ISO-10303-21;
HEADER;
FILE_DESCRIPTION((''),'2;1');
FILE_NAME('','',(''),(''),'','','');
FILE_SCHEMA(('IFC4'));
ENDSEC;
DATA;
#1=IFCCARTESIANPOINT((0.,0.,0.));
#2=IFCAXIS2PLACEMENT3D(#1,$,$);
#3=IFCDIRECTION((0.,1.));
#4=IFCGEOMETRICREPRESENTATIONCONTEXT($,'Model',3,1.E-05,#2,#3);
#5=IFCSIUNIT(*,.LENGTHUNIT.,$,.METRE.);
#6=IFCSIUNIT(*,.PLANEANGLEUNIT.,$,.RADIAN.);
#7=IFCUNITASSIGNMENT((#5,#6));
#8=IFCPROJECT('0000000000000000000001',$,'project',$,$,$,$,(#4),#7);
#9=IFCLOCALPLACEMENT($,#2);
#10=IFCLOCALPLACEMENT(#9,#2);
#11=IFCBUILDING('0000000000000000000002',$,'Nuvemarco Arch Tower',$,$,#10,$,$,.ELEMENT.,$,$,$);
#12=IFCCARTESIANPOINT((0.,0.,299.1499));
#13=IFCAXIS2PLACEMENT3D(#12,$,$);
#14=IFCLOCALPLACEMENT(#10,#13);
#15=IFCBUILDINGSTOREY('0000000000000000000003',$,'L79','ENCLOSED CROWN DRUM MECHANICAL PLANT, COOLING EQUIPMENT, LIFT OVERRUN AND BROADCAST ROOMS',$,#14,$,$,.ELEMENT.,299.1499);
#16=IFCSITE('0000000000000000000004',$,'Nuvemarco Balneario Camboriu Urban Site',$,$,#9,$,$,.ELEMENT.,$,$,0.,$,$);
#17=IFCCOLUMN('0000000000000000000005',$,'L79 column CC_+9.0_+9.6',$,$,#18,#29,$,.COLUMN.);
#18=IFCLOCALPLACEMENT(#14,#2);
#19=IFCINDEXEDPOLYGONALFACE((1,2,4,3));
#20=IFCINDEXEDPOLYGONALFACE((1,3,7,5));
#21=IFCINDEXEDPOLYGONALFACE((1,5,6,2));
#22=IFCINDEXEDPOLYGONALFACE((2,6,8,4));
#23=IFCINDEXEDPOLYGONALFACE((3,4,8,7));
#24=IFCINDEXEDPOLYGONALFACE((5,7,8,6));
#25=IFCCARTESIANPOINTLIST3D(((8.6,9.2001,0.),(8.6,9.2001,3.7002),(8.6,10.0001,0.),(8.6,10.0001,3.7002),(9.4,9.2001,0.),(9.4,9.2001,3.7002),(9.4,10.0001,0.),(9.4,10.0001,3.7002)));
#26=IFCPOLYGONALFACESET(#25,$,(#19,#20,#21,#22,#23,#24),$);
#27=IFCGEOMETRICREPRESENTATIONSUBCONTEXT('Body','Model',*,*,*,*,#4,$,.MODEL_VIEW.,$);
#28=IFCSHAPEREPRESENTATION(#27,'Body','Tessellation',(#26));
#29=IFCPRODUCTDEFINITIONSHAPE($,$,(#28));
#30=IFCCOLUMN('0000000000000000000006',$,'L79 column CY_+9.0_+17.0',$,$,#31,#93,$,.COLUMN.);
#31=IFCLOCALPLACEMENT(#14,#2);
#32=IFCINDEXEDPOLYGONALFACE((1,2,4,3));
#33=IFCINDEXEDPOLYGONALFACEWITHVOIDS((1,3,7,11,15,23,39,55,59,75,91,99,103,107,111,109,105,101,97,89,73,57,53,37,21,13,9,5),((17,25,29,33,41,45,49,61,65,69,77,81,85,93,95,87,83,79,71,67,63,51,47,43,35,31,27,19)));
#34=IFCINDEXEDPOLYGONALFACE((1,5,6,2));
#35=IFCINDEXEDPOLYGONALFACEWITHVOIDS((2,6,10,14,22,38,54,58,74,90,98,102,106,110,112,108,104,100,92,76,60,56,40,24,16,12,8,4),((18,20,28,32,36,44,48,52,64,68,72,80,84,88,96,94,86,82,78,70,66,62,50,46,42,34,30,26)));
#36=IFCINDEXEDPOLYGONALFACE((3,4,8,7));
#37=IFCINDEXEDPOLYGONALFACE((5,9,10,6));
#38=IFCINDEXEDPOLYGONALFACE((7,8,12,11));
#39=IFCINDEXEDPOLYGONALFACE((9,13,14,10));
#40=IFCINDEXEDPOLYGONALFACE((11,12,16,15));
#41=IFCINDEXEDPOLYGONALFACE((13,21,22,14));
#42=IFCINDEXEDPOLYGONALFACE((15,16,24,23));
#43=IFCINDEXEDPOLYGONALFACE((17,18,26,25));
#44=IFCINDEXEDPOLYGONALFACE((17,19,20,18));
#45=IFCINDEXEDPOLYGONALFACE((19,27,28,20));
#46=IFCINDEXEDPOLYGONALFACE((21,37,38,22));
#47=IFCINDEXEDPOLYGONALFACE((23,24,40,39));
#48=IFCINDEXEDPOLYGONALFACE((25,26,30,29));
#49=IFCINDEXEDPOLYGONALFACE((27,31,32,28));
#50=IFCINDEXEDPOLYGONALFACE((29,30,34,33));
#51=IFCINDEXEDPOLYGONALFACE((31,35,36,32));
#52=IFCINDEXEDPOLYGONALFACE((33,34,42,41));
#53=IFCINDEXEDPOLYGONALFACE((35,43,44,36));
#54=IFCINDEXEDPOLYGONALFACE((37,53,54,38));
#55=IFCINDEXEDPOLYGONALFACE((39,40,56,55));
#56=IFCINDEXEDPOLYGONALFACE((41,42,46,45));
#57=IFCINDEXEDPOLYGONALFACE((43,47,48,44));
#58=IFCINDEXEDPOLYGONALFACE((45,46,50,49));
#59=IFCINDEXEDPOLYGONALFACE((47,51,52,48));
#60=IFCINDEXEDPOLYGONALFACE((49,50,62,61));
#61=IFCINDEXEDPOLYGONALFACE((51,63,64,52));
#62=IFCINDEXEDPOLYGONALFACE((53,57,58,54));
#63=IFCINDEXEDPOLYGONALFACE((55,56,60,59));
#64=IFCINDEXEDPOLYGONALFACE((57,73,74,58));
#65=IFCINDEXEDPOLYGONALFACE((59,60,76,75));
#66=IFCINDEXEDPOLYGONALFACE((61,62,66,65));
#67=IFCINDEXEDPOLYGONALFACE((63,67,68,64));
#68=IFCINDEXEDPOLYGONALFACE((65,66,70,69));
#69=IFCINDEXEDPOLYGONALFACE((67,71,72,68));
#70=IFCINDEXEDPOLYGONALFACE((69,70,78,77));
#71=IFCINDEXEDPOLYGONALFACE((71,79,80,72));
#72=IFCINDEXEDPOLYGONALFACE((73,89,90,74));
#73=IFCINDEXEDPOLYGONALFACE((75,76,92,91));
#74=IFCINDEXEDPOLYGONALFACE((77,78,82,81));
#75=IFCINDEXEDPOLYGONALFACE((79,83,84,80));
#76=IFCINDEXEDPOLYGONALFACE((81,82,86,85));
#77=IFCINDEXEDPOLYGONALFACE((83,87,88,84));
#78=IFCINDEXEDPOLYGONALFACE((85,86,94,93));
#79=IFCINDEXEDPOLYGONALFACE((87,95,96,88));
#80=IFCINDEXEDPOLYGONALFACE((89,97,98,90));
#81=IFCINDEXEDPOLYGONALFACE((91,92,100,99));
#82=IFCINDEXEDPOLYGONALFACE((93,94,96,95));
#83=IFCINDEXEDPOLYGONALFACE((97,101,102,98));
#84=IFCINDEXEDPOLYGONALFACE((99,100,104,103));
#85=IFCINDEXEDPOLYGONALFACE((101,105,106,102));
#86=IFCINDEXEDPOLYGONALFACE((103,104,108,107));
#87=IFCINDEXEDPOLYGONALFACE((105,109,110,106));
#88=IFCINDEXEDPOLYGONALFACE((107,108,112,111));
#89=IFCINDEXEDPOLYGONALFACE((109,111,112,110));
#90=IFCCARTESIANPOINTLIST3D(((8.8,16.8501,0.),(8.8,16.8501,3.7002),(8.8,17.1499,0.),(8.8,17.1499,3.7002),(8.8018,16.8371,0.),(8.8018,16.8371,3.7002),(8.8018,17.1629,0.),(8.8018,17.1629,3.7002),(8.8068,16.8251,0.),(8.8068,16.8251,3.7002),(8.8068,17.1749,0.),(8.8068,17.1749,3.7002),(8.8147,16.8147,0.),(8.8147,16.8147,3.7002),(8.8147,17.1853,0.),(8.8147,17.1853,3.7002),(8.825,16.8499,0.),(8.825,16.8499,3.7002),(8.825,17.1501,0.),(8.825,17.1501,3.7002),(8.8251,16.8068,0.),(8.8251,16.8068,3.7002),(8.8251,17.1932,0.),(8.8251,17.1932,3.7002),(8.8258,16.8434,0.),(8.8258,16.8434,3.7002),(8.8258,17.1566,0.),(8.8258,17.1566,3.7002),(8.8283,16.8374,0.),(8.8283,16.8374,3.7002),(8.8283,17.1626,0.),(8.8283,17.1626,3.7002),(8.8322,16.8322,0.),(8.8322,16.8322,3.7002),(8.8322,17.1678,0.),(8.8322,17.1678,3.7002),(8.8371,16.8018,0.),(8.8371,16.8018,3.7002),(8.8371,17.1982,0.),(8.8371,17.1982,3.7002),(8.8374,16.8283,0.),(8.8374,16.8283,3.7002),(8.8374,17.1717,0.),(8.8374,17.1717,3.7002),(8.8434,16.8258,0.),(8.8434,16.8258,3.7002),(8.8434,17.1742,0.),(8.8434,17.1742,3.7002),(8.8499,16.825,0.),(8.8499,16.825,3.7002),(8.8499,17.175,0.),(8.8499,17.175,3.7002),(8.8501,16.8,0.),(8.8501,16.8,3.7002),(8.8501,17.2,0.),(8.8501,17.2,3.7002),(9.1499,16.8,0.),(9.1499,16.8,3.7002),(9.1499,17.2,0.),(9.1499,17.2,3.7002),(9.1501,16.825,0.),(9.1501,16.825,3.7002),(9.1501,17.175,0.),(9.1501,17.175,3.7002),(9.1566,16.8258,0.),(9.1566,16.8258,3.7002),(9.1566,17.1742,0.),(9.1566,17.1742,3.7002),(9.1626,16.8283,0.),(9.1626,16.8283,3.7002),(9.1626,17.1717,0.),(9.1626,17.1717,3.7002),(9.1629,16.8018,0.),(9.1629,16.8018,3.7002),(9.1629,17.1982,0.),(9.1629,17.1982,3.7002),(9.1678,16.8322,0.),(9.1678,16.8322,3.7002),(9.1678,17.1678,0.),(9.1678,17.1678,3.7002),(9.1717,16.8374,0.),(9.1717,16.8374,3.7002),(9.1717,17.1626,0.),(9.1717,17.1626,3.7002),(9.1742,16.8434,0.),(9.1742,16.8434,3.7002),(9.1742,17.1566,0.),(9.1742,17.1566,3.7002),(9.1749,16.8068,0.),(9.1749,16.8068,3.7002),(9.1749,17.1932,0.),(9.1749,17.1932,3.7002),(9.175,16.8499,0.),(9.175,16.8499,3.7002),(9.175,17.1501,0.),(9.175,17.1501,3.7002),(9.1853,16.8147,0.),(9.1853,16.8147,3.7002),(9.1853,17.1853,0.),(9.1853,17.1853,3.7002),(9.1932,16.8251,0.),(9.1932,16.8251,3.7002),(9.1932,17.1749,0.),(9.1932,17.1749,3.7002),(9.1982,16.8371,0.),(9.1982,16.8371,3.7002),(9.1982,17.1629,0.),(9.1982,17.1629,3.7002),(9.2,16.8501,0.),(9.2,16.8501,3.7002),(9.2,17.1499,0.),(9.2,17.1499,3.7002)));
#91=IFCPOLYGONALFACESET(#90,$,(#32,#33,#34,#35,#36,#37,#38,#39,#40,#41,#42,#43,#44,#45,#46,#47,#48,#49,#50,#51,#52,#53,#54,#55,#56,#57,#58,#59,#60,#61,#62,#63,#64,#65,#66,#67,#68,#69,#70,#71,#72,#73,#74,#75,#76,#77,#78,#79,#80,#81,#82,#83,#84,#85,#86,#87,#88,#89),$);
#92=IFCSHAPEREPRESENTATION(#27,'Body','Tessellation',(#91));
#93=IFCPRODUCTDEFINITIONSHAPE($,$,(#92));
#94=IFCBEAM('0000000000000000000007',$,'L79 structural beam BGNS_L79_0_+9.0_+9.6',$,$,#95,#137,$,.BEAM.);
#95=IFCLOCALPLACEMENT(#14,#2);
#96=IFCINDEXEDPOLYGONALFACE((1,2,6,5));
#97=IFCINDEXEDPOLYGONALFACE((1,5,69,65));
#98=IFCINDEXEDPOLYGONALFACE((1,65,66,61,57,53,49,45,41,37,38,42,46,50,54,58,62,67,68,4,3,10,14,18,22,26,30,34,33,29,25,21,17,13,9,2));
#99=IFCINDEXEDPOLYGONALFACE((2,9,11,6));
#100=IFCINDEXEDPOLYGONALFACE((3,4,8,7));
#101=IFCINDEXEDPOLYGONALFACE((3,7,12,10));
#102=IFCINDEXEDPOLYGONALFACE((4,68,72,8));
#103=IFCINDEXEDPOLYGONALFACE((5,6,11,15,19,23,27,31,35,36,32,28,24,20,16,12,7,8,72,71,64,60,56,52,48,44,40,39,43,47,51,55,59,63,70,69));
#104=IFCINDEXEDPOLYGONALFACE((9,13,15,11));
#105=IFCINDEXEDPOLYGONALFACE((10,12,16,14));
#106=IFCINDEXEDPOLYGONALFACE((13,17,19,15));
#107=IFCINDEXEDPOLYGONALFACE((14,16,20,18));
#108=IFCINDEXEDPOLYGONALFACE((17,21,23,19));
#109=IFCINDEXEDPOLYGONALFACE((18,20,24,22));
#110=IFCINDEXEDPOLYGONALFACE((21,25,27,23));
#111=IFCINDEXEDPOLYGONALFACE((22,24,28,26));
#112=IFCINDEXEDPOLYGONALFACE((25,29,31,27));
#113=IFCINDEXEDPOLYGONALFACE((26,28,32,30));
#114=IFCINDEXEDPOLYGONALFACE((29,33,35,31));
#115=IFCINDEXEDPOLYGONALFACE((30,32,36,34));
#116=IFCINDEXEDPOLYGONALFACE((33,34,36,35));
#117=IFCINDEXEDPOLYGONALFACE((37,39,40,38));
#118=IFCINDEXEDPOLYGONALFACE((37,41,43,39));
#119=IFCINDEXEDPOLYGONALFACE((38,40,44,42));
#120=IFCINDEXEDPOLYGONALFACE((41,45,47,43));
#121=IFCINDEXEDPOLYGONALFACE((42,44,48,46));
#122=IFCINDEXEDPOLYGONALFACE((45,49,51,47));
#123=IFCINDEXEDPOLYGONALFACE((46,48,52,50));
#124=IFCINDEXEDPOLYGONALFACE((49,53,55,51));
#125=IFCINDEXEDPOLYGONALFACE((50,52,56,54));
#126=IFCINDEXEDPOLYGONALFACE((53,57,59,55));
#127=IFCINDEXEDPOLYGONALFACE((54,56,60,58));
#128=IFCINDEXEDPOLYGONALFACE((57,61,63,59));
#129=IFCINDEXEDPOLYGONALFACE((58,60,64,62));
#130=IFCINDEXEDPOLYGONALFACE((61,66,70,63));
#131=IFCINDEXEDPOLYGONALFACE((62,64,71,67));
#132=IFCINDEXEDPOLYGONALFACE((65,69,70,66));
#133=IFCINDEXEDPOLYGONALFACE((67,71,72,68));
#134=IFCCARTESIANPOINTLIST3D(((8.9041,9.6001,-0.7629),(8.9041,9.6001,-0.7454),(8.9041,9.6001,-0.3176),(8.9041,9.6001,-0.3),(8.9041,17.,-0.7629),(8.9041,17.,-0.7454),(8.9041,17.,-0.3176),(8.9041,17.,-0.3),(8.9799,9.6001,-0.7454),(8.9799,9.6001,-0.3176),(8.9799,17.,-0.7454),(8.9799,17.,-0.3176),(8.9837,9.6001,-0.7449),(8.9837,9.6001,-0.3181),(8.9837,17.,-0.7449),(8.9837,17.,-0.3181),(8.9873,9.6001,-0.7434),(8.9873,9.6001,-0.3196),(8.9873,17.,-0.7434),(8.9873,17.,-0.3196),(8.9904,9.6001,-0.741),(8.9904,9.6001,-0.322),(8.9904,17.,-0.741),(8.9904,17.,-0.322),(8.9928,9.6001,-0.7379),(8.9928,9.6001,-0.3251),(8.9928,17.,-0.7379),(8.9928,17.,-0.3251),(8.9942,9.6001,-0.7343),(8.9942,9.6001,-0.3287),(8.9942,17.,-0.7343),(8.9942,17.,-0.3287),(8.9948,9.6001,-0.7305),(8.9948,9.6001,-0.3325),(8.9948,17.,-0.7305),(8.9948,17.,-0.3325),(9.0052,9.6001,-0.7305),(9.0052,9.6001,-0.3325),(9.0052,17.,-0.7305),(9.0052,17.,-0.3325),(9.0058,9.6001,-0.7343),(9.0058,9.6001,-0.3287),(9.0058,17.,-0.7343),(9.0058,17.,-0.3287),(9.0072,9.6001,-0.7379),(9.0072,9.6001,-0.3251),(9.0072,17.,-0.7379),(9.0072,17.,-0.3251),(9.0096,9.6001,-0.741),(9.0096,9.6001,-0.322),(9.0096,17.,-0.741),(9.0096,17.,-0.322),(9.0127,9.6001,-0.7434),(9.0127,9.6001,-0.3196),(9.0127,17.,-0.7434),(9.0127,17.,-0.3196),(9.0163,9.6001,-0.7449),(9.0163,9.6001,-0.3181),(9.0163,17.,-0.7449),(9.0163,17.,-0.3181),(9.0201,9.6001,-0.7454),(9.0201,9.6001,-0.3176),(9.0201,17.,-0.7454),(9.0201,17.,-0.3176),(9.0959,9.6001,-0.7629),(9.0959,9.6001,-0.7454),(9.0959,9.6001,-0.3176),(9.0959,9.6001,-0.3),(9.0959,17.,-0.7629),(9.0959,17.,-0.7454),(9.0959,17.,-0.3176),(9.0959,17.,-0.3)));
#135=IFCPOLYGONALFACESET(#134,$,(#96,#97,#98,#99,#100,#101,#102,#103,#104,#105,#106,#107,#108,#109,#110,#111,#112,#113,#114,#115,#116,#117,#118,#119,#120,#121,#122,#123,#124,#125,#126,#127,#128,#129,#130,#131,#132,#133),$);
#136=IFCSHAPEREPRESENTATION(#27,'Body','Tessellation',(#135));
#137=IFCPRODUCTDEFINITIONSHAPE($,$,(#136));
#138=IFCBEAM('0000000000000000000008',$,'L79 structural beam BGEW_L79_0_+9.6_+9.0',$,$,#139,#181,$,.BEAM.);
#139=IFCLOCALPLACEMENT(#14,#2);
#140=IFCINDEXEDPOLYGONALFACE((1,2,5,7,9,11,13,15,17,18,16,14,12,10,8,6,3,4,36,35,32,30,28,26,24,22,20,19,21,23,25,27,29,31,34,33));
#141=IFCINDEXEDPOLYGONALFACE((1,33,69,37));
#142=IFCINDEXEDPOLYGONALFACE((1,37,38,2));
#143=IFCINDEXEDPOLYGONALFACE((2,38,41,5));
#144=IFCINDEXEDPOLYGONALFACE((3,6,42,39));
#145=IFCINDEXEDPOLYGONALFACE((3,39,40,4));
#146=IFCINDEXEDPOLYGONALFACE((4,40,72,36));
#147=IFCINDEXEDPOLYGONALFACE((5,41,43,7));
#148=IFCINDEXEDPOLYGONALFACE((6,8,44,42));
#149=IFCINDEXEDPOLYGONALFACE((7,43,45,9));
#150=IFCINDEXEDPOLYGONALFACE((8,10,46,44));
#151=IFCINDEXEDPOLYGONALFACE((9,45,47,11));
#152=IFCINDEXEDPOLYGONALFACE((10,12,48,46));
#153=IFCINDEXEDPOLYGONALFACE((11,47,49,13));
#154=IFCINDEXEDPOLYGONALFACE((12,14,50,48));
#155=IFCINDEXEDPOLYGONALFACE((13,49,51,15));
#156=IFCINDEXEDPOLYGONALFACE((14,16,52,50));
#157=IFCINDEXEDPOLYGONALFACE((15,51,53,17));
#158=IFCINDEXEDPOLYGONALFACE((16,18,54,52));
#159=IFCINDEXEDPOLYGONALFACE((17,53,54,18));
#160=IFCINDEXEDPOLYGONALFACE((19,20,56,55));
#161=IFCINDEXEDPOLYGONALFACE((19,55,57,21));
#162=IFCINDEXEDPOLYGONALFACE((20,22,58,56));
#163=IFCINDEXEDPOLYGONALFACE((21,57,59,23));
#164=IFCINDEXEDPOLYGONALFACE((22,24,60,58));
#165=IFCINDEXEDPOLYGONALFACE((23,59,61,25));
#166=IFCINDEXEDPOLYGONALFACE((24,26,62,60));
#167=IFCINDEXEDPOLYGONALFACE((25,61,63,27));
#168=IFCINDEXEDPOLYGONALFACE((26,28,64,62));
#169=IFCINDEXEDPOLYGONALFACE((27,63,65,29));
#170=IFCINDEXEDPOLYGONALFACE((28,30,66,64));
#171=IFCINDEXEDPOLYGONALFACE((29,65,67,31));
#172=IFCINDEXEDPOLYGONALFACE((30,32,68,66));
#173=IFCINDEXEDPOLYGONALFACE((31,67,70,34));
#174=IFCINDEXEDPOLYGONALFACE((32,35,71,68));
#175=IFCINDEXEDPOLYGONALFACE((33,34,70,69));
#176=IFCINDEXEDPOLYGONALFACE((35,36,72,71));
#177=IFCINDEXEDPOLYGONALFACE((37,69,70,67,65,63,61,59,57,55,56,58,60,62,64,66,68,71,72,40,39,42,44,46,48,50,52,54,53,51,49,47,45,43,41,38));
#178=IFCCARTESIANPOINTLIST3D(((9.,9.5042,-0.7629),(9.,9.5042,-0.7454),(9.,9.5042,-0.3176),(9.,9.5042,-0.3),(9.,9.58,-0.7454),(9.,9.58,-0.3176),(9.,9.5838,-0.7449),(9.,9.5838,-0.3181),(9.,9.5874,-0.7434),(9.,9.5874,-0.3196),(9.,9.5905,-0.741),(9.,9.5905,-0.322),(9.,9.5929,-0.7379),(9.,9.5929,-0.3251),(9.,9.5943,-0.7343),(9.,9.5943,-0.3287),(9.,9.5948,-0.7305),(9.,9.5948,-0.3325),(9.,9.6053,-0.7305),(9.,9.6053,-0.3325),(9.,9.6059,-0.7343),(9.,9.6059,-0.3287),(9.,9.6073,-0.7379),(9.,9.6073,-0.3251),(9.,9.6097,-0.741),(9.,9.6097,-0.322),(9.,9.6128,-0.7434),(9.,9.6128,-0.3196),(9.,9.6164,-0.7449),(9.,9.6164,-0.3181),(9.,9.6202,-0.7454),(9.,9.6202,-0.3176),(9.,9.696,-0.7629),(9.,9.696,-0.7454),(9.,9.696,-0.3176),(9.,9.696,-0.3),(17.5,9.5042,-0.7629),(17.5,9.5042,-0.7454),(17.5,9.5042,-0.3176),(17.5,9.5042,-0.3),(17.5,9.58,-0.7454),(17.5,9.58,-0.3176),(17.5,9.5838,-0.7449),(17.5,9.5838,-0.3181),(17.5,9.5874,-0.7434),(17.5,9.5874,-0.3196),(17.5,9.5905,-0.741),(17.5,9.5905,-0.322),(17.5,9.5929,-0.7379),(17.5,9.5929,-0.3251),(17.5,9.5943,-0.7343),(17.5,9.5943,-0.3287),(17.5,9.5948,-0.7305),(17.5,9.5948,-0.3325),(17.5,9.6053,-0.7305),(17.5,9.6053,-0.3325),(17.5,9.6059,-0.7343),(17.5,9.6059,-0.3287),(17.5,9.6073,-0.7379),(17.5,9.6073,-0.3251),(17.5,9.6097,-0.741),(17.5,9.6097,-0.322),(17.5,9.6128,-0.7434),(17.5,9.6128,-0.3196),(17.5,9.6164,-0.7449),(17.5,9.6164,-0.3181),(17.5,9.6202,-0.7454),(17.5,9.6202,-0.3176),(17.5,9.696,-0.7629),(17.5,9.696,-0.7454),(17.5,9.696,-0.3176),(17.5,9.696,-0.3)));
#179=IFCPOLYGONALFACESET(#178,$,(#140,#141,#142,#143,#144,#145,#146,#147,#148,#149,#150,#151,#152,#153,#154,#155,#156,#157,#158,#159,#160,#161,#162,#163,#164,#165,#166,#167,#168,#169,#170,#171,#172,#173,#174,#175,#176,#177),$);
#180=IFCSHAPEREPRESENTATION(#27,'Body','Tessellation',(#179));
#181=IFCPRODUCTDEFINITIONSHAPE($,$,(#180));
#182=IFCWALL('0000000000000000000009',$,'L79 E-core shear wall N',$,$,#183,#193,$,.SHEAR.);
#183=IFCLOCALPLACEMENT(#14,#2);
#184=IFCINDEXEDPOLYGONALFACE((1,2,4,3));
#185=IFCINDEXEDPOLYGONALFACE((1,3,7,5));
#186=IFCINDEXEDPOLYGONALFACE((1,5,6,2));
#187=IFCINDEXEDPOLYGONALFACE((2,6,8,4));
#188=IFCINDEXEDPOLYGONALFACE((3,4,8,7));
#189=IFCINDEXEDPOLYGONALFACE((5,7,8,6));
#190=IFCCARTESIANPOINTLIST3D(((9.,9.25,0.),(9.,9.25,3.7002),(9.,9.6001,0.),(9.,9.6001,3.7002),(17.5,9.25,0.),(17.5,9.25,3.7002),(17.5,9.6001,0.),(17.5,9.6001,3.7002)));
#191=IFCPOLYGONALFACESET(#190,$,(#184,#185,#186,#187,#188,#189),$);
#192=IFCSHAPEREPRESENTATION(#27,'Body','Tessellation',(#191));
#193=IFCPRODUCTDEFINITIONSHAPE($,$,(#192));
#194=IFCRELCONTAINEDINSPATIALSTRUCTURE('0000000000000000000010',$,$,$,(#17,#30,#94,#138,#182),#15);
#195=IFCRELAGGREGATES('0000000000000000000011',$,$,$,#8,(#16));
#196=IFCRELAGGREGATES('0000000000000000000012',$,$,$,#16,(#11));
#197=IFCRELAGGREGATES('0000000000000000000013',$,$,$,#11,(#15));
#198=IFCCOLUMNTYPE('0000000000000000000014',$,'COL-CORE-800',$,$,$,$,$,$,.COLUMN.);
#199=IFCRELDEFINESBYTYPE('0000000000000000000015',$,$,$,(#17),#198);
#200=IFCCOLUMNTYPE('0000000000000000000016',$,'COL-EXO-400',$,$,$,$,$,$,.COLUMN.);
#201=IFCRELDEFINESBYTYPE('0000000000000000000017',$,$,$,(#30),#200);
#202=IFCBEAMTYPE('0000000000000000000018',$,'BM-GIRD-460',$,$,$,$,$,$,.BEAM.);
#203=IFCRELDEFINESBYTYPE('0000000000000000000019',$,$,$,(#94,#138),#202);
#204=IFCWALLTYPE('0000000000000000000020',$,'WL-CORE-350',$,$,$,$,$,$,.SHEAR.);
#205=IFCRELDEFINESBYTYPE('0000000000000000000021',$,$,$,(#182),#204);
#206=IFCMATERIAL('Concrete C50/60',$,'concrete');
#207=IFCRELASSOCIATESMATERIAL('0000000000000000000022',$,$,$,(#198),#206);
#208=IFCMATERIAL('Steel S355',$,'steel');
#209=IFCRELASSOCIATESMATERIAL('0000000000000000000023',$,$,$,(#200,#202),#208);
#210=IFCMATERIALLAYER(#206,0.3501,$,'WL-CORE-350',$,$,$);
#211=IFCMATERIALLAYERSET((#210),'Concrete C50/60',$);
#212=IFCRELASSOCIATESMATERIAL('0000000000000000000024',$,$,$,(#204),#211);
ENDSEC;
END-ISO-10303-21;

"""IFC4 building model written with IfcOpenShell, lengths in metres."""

from ifc_helpers import new_model, si_unit, direction, frame, frame_2d, origin, origin_2d, place, context, subcontext, project, spatial, rectangle, hollow_rectangle, i_section, extrude, material, layer, layer_set, material_profile, profile_set, type_object, element, save


model = new_model("IFC4")

# Units and contexts
model_context = context("Model", 3, precision=1e-05, world=origin(), true_north=direction((0.0, 1.0)))
body_context = subcontext(model_context, "Body", "Model", "MODEL_VIEW")
ifc_project = project(units=[si_unit("LENGTHUNIT", "METRE"), si_unit("PLANEANGLEUNIT", "RADIAN")], contexts=[model_context])

# Site, building, storey
site_placement = place(None, origin())
site = spatial("IfcSite", under=ifc_project, at=site_placement, Name="Nuvemarco Balneario Camboriu Urban Site", CompositionType="ELEMENT", RefElevation=0.0)
building_placement = place(site_placement, origin())
building = spatial("IfcBuilding", under=site, at=building_placement, Name="Nuvemarco Arch Tower", CompositionType="ELEMENT")
storey_placement = place(building_placement, frame((0.0, 0.0, 299.1499)))
storey = spatial("IfcBuildingStorey", under=building, at=storey_placement, Name="L79", Description="ENCLOSED CROWN DRUM MECHANICAL PLANT, COOLING EQUIPMENT, LIFT OVERRUN AND BROADCAST ROOMS", CompositionType="ELEMENT", Elevation=299.1499)

# Columns
ifc_material_1 = material(Name="Concrete C50/60", Category="concrete")
ifc_material_profile_1 = material_profile(ifc_material_1, rectangle(XDim=0.8, YDim=0.8, at=origin_2d()), Name="RC-COL-800x800")
ifc_profile_set_1 = profile_set([ifc_material_profile_1], Name="Concrete C50/60")
column_type_1 = type_object("IfcColumnType", Name="COL-CORE-800", PredefinedType="COLUMN", material=ifc_profile_set_1)
column_1_placement = place(storey_placement, frame((9.0, 9.6001, 0.0), z_axis=(0.0, 0.0, 1.0), x_axis=(1.0, 0.0, 0.0)))
element("IfcColumn", 1, at=column_1_placement, inside=storey, type_object=column_type_1, Name="L79 column CC_+9.0_+9.6", PredefinedType="COLUMN", context=body_context, shape_type="SweptSolid", body=[
    extrude(rectangle(XDim=0.8, YDim=0.8, at=origin_2d()), origin(), (0.0, 0.0, 1.0), 3.7002),
])
ifc_material_2 = material(Name="Steel S355", Category="steel")
ifc_material_profile_2 = material_profile(ifc_material_2, hollow_rectangle(XDim=0.3999, YDim=0.3999, WallThickness=0.0249, InnerFilletRadius=0.0249, OuterFilletRadius=0.05, at=origin_2d()), Name="SHS400x400x25")
ifc_profile_set_2 = profile_set([ifc_material_profile_2], Name="Steel S355")
column_type_2 = type_object("IfcColumnType", Name="COL-EXO-400", PredefinedType="COLUMN", material=ifc_profile_set_2)
column_2_placement = place(storey_placement, frame((9.0, 17.0, 0.0), z_axis=(0.0, 0.0, 1.0), x_axis=(1.0, 0.0, 0.0)))
element("IfcColumn", 2, at=column_2_placement, inside=storey, type_object=column_type_2, Name="L79 column CY_+9.0_+17.0", PredefinedType="COLUMN", context=body_context, shape_type="SweptSolid", body=[
    extrude(hollow_rectangle(XDim=0.3999, YDim=0.3999, WallThickness=0.0249, InnerFilletRadius=0.0249, OuterFilletRadius=0.05, at=origin_2d()), origin(), (0.0, 0.0, 1.0), 3.7002),
])

# Beams
ifc_material_profile_3 = material_profile(ifc_material_2, i_section(OverallWidth=0.1919, OverallDepth=0.4629, WebThickness=0.0105, FlangeThickness=0.0176, FilletRadius=0.0149, at=origin_2d()), Name="W460x89")
ifc_profile_set_3 = profile_set([ifc_material_profile_3], Name="Steel S355")
beam_type = type_object("IfcBeamType", Name="BM-GIRD-460", PredefinedType="BEAM", material=ifc_profile_set_3)
beam_1_placement = place(storey_placement, frame((9.0, 9.6001, -0.5315), z_axis=(0.0, 1.0, 0.0), x_axis=(-1.0, 0.0, 0.0)))
element("IfcBeam", 3, at=beam_1_placement, inside=storey, type_object=beam_type, Name="L79 structural beam BGNS_L79_0_+9.0_+9.6", PredefinedType="BEAM", context=body_context, shape_type="SweptSolid", body=[
    extrude(i_section(OverallWidth=0.1919, OverallDepth=0.4629, WebThickness=0.0105, FlangeThickness=0.0176, FilletRadius=0.0149, at=origin_2d()), origin(), (0.0, 0.0, 1.0), 7.3999),
])
beam_2_placement = place(storey_placement, frame((9.0, 9.6001, -0.5315), z_axis=(1.0, 0.0, 0.0), x_axis=(0.0, 1.0, 0.0)))
element("IfcBeam", 4, at=beam_2_placement, inside=storey, type_object=beam_type, Name="L79 structural beam BGEW_L79_0_+9.6_+9.0", PredefinedType="BEAM", context=body_context, shape_type="SweptSolid", body=[
    extrude(i_section(OverallWidth=0.1919, OverallDepth=0.4629, WebThickness=0.0105, FlangeThickness=0.0176, FilletRadius=0.0149, at=origin_2d()), origin(), (0.0, 0.0, 1.0), 8.5),
])

# Wall
ifc_layer_1 = layer(ifc_material_1, 0.3501, Name="WL-CORE-350")
ifc_layer_set_1 = layer_set([ifc_layer_1], Name="Concrete C50/60")
wall_type_1 = type_object("IfcWallType", Name="WL-CORE-350", PredefinedType="SHEAR", material=ifc_layer_set_1)
wall_1_placement = place(storey_placement, frame((9.0, 9.425, 0.0), z_axis=(0.0, 0.0, 1.0), x_axis=(1.0, 0.0, 0.0)))
element("IfcWall", 5, at=wall_1_placement, inside=storey, type_object=wall_type_1, Name="L79 E-core shear wall N", PredefinedType="SHEAR", context=body_context, shape_type="SweptSolid", body=[
    extrude(rectangle(XDim=8.5, YDim=0.3501, at=frame_2d((4.25, 0.0))), origin(), (0.0, 0.0, 1.0), 3.7002),
])

save(model, "model.ifc")
